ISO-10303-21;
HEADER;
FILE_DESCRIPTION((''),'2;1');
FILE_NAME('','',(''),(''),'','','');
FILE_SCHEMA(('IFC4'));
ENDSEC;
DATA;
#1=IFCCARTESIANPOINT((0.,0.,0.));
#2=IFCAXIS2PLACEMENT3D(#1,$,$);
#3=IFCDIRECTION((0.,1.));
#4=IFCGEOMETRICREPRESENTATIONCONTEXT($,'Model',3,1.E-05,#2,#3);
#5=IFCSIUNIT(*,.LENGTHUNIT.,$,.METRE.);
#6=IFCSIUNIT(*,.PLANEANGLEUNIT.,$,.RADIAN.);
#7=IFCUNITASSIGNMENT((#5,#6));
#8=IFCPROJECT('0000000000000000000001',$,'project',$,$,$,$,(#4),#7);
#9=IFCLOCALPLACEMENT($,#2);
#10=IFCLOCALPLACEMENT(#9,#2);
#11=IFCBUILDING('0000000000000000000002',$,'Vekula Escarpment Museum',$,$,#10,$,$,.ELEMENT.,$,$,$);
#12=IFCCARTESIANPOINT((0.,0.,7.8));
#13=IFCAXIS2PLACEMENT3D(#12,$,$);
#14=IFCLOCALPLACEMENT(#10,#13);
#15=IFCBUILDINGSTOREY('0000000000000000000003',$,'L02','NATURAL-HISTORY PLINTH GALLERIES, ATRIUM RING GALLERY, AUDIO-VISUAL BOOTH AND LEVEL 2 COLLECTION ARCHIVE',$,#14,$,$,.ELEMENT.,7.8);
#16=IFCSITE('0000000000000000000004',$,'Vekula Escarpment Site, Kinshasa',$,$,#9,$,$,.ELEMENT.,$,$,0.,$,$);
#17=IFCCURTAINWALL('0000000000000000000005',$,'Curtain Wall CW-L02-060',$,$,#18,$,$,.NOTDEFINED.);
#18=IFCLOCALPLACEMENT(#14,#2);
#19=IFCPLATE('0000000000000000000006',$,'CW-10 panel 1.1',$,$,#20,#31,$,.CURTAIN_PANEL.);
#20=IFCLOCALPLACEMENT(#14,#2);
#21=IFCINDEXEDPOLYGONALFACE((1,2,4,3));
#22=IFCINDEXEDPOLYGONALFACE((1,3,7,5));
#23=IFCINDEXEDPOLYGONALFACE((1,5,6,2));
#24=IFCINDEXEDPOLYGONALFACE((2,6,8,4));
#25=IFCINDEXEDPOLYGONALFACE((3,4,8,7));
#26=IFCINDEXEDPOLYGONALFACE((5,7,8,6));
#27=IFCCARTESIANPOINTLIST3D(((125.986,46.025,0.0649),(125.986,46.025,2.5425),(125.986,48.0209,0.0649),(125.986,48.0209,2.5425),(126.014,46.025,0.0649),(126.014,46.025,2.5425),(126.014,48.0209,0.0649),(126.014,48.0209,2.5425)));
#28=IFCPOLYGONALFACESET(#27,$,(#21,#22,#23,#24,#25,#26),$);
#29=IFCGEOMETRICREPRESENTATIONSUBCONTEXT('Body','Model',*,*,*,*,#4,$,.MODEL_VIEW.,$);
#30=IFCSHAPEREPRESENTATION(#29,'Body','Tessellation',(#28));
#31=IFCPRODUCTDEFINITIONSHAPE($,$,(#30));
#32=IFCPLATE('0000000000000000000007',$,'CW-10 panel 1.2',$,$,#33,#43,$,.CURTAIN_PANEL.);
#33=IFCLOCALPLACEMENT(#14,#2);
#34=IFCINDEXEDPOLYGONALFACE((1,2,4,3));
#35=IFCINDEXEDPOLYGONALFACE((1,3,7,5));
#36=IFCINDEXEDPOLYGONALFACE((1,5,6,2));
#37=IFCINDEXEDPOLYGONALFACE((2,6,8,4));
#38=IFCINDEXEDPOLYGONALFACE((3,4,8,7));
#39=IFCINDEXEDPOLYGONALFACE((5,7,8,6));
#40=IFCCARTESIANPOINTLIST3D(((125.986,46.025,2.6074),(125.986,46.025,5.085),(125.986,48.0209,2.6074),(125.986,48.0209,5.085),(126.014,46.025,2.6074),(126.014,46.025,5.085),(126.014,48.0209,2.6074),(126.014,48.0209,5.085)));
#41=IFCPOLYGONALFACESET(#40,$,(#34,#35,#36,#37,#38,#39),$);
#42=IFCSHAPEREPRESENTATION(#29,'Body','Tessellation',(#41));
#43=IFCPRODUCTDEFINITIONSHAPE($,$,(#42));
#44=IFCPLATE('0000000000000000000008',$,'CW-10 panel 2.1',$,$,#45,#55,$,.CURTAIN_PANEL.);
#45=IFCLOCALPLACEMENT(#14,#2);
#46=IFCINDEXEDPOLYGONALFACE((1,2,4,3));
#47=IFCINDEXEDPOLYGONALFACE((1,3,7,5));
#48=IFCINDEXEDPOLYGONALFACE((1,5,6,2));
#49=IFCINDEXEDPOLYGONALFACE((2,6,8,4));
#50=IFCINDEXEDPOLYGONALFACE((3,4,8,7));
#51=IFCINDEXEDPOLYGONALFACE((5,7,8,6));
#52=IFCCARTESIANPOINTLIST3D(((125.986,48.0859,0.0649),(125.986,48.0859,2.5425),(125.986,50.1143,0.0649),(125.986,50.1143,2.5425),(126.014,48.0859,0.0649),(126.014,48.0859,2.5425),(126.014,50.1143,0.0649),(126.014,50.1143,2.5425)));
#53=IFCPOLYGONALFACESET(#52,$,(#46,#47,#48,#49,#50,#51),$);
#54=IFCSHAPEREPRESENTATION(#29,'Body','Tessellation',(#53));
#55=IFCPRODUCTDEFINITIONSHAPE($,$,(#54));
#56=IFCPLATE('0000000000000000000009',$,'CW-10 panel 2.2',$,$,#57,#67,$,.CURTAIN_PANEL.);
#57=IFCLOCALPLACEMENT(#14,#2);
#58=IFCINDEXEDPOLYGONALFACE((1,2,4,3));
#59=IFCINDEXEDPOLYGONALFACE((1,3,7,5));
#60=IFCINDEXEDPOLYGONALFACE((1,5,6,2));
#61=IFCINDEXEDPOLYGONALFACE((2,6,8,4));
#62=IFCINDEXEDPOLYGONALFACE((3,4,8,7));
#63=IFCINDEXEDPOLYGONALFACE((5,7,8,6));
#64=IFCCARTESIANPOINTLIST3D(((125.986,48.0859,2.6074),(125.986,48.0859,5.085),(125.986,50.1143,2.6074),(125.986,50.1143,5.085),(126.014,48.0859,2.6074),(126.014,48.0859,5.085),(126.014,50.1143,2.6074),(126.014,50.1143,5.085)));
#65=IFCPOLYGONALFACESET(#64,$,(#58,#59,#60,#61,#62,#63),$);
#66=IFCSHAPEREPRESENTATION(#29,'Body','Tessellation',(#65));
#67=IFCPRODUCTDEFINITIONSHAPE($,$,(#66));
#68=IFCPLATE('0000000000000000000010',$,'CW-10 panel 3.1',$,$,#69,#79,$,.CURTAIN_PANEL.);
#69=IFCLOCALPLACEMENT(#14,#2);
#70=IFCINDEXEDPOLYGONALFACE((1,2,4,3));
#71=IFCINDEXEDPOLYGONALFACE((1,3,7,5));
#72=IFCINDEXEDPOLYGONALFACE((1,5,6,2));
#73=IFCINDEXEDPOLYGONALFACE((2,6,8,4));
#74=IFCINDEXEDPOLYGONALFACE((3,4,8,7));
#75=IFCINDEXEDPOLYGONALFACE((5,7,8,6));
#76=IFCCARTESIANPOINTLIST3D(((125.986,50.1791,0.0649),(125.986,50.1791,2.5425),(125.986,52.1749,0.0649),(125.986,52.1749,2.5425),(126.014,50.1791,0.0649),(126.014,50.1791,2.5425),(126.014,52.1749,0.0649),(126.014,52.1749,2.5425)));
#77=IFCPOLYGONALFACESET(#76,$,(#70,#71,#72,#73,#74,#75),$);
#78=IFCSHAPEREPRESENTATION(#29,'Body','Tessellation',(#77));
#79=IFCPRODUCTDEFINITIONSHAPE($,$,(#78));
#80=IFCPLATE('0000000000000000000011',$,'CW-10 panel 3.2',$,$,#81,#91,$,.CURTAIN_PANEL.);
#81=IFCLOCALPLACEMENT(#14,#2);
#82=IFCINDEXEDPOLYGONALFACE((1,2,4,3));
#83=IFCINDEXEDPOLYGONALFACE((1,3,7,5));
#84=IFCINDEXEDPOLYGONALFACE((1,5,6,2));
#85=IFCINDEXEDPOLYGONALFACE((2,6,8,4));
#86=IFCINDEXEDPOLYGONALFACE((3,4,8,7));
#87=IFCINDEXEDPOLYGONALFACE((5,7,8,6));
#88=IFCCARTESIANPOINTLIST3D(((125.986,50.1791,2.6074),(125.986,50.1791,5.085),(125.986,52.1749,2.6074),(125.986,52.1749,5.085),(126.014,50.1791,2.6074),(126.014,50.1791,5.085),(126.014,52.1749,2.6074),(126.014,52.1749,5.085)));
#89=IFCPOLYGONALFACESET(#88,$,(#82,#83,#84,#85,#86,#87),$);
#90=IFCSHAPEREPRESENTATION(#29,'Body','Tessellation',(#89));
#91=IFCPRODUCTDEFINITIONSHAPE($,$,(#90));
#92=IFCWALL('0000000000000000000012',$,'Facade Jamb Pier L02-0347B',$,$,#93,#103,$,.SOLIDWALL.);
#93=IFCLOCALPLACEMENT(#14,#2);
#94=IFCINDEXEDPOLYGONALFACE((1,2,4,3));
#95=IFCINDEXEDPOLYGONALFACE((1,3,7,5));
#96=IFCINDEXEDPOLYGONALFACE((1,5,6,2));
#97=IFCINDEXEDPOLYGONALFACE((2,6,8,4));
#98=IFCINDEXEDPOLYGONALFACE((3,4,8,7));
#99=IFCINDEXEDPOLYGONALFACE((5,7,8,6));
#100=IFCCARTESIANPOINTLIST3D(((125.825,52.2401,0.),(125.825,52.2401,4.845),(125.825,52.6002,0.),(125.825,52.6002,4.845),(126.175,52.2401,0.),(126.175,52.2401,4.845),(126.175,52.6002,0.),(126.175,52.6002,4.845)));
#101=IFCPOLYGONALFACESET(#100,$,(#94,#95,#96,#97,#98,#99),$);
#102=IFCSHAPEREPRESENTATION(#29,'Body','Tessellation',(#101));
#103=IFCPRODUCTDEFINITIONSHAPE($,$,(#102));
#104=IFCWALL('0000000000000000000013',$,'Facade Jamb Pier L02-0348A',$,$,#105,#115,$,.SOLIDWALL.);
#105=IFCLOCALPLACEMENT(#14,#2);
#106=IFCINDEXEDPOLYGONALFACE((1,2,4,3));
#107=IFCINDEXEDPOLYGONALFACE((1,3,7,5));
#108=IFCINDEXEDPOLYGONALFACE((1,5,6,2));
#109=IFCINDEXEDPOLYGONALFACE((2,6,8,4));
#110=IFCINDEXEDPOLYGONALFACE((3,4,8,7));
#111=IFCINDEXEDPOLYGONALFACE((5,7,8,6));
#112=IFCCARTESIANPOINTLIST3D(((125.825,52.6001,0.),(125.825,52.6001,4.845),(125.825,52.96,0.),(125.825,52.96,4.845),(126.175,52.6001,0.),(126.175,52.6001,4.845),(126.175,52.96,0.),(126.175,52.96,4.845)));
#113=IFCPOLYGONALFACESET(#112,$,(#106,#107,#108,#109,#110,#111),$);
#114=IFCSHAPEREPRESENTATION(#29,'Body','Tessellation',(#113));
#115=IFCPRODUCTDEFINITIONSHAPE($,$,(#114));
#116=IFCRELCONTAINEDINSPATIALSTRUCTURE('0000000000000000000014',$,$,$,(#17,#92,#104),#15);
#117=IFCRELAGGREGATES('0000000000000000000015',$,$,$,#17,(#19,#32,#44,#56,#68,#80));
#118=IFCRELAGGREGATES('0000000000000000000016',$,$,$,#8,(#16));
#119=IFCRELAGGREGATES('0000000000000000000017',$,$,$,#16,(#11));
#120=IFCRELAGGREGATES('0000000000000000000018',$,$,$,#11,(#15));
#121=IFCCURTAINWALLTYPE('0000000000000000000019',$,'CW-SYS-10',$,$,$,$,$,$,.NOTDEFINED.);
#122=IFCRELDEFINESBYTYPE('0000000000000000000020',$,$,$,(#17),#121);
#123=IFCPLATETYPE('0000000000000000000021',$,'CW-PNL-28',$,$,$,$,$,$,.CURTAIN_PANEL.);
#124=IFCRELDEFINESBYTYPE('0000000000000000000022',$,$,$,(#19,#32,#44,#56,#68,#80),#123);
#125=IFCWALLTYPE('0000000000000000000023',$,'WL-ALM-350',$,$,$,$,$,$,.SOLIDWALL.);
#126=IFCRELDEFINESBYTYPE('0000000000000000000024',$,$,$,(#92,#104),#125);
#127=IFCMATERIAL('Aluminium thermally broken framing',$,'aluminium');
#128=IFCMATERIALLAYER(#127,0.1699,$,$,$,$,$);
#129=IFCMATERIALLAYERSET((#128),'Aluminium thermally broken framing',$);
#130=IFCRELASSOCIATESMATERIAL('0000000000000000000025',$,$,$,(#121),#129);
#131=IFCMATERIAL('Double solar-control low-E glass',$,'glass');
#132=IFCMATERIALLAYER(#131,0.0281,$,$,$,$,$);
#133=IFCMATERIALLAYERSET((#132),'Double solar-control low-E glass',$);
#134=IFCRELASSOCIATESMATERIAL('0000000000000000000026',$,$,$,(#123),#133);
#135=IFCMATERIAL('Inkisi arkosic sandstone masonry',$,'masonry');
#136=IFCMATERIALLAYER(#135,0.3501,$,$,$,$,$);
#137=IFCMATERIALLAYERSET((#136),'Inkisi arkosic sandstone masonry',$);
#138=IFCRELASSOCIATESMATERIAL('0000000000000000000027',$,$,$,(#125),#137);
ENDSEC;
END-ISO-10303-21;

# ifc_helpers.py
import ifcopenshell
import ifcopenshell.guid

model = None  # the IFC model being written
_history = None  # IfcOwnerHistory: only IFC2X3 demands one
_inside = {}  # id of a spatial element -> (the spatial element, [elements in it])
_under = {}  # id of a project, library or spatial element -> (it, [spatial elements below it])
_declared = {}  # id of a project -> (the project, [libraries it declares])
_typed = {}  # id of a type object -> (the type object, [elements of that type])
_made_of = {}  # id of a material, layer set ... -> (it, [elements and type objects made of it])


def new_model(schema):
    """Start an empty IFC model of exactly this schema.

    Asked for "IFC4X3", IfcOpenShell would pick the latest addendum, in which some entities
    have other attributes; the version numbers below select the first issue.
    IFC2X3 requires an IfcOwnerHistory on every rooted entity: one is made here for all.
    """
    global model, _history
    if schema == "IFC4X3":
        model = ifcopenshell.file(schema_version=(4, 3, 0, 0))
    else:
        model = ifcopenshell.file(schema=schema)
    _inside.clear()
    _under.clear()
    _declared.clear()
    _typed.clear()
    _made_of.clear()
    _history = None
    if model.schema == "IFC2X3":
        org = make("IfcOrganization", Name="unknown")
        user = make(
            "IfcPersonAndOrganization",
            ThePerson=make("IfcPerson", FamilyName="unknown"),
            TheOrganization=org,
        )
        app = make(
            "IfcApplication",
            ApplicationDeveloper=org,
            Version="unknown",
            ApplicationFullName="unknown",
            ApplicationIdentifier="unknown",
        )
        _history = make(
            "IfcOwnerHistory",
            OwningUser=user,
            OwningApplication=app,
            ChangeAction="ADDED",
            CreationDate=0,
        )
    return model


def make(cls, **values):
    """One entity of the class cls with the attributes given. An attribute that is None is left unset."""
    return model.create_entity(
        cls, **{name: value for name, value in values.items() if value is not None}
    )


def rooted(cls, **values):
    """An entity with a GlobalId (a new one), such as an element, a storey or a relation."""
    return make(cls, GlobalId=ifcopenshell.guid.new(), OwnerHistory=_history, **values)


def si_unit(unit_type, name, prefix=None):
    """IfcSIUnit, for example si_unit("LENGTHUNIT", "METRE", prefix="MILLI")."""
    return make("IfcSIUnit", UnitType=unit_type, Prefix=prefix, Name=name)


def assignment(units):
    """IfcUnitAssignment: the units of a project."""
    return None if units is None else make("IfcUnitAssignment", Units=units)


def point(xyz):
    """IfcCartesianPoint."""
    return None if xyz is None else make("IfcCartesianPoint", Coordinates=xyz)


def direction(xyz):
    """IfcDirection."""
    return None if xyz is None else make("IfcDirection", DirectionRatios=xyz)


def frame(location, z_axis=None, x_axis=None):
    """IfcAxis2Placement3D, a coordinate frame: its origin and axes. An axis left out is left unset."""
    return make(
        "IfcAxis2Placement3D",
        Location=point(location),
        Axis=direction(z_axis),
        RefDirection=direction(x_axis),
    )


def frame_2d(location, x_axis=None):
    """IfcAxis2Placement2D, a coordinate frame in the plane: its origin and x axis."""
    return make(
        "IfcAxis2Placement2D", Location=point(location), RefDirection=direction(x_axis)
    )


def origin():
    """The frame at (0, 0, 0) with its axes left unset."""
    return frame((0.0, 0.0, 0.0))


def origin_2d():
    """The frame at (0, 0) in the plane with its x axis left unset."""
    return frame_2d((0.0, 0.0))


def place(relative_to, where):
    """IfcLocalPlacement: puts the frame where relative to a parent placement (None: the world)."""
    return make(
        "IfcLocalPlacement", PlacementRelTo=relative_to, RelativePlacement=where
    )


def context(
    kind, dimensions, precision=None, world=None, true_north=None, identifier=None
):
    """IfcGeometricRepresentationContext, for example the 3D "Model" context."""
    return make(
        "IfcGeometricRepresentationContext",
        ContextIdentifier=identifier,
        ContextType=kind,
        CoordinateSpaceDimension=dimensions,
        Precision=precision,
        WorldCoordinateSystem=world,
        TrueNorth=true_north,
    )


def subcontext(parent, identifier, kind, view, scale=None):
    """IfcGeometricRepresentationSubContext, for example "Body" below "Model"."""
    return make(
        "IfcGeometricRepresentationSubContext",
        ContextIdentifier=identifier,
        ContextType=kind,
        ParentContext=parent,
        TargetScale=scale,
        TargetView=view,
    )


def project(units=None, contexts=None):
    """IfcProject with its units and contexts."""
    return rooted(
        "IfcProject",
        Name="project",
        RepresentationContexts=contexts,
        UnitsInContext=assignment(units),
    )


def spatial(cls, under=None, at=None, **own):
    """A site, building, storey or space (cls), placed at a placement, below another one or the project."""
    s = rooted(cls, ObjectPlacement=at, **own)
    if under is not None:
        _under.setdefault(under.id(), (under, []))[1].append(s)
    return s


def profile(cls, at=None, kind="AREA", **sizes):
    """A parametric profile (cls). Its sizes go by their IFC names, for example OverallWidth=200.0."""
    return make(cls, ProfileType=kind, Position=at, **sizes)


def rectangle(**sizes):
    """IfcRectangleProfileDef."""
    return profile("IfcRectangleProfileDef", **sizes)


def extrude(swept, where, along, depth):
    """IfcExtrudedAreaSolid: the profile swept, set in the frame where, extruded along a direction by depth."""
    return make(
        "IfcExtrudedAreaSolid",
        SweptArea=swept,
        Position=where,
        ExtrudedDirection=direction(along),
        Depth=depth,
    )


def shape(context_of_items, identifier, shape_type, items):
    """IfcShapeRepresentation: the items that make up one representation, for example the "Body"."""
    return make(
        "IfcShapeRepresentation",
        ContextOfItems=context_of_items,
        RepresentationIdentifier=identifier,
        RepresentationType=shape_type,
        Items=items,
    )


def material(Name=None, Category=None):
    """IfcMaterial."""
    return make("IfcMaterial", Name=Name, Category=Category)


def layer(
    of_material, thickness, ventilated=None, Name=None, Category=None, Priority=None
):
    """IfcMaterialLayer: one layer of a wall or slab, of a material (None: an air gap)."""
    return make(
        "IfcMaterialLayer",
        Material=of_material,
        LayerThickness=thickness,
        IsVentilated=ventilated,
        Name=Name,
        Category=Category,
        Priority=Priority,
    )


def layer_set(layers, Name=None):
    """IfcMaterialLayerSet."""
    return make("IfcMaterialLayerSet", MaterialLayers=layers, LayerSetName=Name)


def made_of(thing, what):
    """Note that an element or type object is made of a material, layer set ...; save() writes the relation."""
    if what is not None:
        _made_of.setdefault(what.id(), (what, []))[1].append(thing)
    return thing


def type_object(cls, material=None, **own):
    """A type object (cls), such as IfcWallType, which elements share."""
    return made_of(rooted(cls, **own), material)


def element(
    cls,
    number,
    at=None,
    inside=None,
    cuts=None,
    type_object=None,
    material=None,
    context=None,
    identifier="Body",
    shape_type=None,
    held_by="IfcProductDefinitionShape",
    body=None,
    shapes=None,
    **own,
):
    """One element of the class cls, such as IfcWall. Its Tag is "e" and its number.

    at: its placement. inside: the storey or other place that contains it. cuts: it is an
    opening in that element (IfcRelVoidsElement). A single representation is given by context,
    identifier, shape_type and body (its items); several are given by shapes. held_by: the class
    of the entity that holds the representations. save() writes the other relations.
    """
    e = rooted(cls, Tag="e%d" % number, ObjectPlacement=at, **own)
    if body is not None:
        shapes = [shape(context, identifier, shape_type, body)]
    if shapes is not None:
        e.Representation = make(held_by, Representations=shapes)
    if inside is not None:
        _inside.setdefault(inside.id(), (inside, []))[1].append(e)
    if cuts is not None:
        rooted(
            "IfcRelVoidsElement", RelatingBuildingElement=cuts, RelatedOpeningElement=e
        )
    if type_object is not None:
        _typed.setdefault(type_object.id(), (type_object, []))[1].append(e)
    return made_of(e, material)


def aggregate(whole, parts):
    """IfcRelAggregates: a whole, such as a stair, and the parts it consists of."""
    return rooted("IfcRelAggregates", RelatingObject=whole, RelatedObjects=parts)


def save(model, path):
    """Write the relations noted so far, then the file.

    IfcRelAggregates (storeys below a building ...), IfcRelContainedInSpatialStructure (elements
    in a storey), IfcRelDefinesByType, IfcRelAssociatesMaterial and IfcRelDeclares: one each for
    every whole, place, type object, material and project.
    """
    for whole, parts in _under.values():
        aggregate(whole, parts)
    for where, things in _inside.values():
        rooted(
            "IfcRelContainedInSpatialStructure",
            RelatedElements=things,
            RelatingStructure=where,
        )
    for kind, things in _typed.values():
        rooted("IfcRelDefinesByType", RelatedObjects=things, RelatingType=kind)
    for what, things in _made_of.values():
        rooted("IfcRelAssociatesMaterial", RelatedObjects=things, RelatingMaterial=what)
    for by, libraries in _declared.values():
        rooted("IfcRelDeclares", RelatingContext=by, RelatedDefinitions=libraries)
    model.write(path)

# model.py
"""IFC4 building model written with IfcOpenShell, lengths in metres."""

from ifc_helpers import new_model, si_unit, direction, frame, frame_2d, origin, origin_2d, place, context, subcontext, project, spatial, rectangle, extrude, material, layer, layer_set, type_object, element, aggregate, save


model = new_model("IFC4")

# Units and contexts
model_context = context("Model", 3, precision=1e-05, world=origin(), true_north=direction((0.0, 1.0)))
body_context = subcontext(model_context, "Body", "Model", "MODEL_VIEW")
ifc_project = project(units=[si_unit("LENGTHUNIT", "METRE"), si_unit("PLANEANGLEUNIT", "RADIAN")], contexts=[model_context])

# Site, building, storey
site_placement = place(None, origin())
site = spatial("IfcSite", under=ifc_project, at=site_placement, Name="Vekula Escarpment Site, Kinshasa", CompositionType="ELEMENT", RefElevation=0.0)
building_placement = place(site_placement, origin())
building = spatial("IfcBuilding", under=site, at=building_placement, Name="Vekula Escarpment Museum", CompositionType="ELEMENT")
storey_placement = place(building_placement, frame((0.0, 0.0, 7.8)))
storey = spatial("IfcBuildingStorey", under=building, at=storey_placement, Name="L02", Description="NATURAL-HISTORY PLINTH GALLERIES, ATRIUM RING GALLERY, AUDIO-VISUAL BOOTH AND LEVEL 2 COLLECTION ARCHIVE", CompositionType="ELEMENT", Elevation=7.8)

# Curtain wall
ifc_material_1 = material(Name="Aluminium thermally broken framing", Category="aluminium")
ifc_layer_1 = layer(ifc_material_1, 0.1699)
ifc_layer_set_1 = layer_set([ifc_layer_1], Name="Aluminium thermally broken framing")
curtain_wall_type_1 = type_object("IfcCurtainWallType", Name="CW-SYS-10", PredefinedType="NOTDEFINED", material=ifc_layer_set_1)
curtain_wall_1_placement = place(storey_placement, origin())
curtain_wall_1 = element("IfcCurtainWall", 1, at=curtain_wall_1_placement, inside=storey, type_object=curtain_wall_type_1, Name="Curtain Wall CW-L02-060", PredefinedType="NOTDEFINED")

# Plates
ifc_material_2 = material(Name="Double solar-control low-E glass", Category="glass")
ifc_layer_2 = layer(ifc_material_2, 0.0281)
ifc_layer_set_2 = layer_set([ifc_layer_2], Name="Double solar-control low-E glass")
plate_type = type_object("IfcPlateType", Name="CW-PNL-28", PredefinedType="CURTAIN_PANEL", material=ifc_layer_set_2)
plate_1_placement = place(storey_placement, frame((126.0, 47.0229, 0.0649), z_axis=(0.0, 0.0, 1.0), x_axis=(0.0, 1.0, 0.0)))
plate_1 = element("IfcPlate", 2, at=plate_1_placement, type_object=plate_type, Name="CW-10 panel 1.1", PredefinedType="CURTAIN_PANEL", context=body_context, shape_type="SweptSolid", body=[
    extrude(rectangle(XDim=1.9958, YDim=0.0281, at=origin_2d()), origin(), (0.0, 0.0, 1.0), 2.4775),
])
plate_2_placement = place(storey_placement, frame((126.0, 47.0229, 2.6074), z_axis=(0.0, 0.0, 1.0), x_axis=(0.0, 1.0, 0.0)))
plate_2 = element("IfcPlate", 3, at=plate_2_placement, type_object=plate_type, Name="CW-10 panel 1.2", PredefinedType="CURTAIN_PANEL", context=body_context, shape_type="SweptSolid", body=[
    extrude(rectangle(XDim=1.9958, YDim=0.0281, at=origin_2d()), origin(), (0.0, 0.0, 1.0), 2.4775),
])
plate_3_placement = place(storey_placement, frame((126.0, 49.1001, 0.0649), z_axis=(0.0, 0.0, 1.0), x_axis=(0.0, 1.0, 0.0)))
plate_3 = element("IfcPlate", 4, at=plate_3_placement, type_object=plate_type, Name="CW-10 panel 2.1", PredefinedType="CURTAIN_PANEL", context=body_context, shape_type="SweptSolid", body=[
    extrude(rectangle(XDim=2.0283, YDim=0.0281, at=origin_2d()), origin(), (0.0, 0.0, 1.0), 2.4775),
])
plate_4_placement = place(storey_placement, frame((126.0, 49.1001, 2.6074), z_axis=(0.0, 0.0, 1.0), x_axis=(0.0, 1.0, 0.0)))
plate_4 = element("IfcPlate", 5, at=plate_4_placement, type_object=plate_type, Name="CW-10 panel 2.2", PredefinedType="CURTAIN_PANEL", context=body_context, shape_type="SweptSolid", body=[
    extrude(rectangle(XDim=2.0283, YDim=0.0281, at=origin_2d()), origin(), (0.0, 0.0, 1.0), 2.4775),
])
plate_5_placement = place(storey_placement, frame((126.0, 51.177, 0.0649), z_axis=(0.0, 0.0, 1.0), x_axis=(0.0, 1.0, 0.0)))
plate_5 = element("IfcPlate", 6, at=plate_5_placement, type_object=plate_type, Name="CW-10 panel 3.1", PredefinedType="CURTAIN_PANEL", context=body_context, shape_type="SweptSolid", body=[
    extrude(rectangle(XDim=1.9958, YDim=0.0281, at=origin_2d()), origin(), (0.0, 0.0, 1.0), 2.4775),
])
plate_6_placement = place(storey_placement, frame((126.0, 51.177, 2.6074), z_axis=(0.0, 0.0, 1.0), x_axis=(0.0, 1.0, 0.0)))
plate_6 = element("IfcPlate", 7, at=plate_6_placement, type_object=plate_type, Name="CW-10 panel 3.2", PredefinedType="CURTAIN_PANEL", context=body_context, shape_type="SweptSolid", body=[
    extrude(rectangle(XDim=1.9958, YDim=0.0281, at=origin_2d()), origin(), (0.0, 0.0, 1.0), 2.4775),
])
aggregate(curtain_wall_1, [plate_1, plate_2, plate_3, plate_4, plate_5, plate_6])

# Walls
ifc_material_3 = material(Name="Inkisi arkosic sandstone masonry", Category="masonry")
ifc_layer_3 = layer(ifc_material_3, 0.3501)
ifc_layer_set_3 = layer_set([ifc_layer_3], Name="Inkisi arkosic sandstone masonry")
wall_type = type_object("IfcWallType", Name="WL-ALM-350", PredefinedType="SOLIDWALL", material=ifc_layer_set_3)
wall_1_placement = place(storey_placement, frame((126.0, 52.24, 0.0), z_axis=(0.0, 0.0, 1.0), x_axis=(0.0, 1.0, 0.0)))
element("IfcWall", 8, at=wall_1_placement, inside=storey, type_object=wall_type, Name="Facade Jamb Pier L02-0347B", PredefinedType="SOLIDWALL", context=body_context, shape_type="SweptSolid", body=[
    extrude(rectangle(XDim=0.3601, YDim=0.3501, at=frame_2d((0.1802, 0.0))), origin(), (0.0, 0.0, 1.0), 4.845),
])
wall_2_placement = place(storey_placement, frame((126.0, 52.6001, 0.0), z_axis=(0.0, 0.0, 1.0), x_axis=(0.0, 1.0, 0.0)))
element("IfcWall", 9, at=wall_2_placement, inside=storey, type_object=wall_type, Name="Facade Jamb Pier L02-0348A", PredefinedType="SOLIDWALL", context=body_context, shape_type="SweptSolid", body=[
    extrude(rectangle(XDim=0.3599, YDim=0.3501, at=frame_2d((0.1799, 0.0))), origin(), (0.0, 0.0, 1.0), 4.845),
])

save(model, "model.ifc")
